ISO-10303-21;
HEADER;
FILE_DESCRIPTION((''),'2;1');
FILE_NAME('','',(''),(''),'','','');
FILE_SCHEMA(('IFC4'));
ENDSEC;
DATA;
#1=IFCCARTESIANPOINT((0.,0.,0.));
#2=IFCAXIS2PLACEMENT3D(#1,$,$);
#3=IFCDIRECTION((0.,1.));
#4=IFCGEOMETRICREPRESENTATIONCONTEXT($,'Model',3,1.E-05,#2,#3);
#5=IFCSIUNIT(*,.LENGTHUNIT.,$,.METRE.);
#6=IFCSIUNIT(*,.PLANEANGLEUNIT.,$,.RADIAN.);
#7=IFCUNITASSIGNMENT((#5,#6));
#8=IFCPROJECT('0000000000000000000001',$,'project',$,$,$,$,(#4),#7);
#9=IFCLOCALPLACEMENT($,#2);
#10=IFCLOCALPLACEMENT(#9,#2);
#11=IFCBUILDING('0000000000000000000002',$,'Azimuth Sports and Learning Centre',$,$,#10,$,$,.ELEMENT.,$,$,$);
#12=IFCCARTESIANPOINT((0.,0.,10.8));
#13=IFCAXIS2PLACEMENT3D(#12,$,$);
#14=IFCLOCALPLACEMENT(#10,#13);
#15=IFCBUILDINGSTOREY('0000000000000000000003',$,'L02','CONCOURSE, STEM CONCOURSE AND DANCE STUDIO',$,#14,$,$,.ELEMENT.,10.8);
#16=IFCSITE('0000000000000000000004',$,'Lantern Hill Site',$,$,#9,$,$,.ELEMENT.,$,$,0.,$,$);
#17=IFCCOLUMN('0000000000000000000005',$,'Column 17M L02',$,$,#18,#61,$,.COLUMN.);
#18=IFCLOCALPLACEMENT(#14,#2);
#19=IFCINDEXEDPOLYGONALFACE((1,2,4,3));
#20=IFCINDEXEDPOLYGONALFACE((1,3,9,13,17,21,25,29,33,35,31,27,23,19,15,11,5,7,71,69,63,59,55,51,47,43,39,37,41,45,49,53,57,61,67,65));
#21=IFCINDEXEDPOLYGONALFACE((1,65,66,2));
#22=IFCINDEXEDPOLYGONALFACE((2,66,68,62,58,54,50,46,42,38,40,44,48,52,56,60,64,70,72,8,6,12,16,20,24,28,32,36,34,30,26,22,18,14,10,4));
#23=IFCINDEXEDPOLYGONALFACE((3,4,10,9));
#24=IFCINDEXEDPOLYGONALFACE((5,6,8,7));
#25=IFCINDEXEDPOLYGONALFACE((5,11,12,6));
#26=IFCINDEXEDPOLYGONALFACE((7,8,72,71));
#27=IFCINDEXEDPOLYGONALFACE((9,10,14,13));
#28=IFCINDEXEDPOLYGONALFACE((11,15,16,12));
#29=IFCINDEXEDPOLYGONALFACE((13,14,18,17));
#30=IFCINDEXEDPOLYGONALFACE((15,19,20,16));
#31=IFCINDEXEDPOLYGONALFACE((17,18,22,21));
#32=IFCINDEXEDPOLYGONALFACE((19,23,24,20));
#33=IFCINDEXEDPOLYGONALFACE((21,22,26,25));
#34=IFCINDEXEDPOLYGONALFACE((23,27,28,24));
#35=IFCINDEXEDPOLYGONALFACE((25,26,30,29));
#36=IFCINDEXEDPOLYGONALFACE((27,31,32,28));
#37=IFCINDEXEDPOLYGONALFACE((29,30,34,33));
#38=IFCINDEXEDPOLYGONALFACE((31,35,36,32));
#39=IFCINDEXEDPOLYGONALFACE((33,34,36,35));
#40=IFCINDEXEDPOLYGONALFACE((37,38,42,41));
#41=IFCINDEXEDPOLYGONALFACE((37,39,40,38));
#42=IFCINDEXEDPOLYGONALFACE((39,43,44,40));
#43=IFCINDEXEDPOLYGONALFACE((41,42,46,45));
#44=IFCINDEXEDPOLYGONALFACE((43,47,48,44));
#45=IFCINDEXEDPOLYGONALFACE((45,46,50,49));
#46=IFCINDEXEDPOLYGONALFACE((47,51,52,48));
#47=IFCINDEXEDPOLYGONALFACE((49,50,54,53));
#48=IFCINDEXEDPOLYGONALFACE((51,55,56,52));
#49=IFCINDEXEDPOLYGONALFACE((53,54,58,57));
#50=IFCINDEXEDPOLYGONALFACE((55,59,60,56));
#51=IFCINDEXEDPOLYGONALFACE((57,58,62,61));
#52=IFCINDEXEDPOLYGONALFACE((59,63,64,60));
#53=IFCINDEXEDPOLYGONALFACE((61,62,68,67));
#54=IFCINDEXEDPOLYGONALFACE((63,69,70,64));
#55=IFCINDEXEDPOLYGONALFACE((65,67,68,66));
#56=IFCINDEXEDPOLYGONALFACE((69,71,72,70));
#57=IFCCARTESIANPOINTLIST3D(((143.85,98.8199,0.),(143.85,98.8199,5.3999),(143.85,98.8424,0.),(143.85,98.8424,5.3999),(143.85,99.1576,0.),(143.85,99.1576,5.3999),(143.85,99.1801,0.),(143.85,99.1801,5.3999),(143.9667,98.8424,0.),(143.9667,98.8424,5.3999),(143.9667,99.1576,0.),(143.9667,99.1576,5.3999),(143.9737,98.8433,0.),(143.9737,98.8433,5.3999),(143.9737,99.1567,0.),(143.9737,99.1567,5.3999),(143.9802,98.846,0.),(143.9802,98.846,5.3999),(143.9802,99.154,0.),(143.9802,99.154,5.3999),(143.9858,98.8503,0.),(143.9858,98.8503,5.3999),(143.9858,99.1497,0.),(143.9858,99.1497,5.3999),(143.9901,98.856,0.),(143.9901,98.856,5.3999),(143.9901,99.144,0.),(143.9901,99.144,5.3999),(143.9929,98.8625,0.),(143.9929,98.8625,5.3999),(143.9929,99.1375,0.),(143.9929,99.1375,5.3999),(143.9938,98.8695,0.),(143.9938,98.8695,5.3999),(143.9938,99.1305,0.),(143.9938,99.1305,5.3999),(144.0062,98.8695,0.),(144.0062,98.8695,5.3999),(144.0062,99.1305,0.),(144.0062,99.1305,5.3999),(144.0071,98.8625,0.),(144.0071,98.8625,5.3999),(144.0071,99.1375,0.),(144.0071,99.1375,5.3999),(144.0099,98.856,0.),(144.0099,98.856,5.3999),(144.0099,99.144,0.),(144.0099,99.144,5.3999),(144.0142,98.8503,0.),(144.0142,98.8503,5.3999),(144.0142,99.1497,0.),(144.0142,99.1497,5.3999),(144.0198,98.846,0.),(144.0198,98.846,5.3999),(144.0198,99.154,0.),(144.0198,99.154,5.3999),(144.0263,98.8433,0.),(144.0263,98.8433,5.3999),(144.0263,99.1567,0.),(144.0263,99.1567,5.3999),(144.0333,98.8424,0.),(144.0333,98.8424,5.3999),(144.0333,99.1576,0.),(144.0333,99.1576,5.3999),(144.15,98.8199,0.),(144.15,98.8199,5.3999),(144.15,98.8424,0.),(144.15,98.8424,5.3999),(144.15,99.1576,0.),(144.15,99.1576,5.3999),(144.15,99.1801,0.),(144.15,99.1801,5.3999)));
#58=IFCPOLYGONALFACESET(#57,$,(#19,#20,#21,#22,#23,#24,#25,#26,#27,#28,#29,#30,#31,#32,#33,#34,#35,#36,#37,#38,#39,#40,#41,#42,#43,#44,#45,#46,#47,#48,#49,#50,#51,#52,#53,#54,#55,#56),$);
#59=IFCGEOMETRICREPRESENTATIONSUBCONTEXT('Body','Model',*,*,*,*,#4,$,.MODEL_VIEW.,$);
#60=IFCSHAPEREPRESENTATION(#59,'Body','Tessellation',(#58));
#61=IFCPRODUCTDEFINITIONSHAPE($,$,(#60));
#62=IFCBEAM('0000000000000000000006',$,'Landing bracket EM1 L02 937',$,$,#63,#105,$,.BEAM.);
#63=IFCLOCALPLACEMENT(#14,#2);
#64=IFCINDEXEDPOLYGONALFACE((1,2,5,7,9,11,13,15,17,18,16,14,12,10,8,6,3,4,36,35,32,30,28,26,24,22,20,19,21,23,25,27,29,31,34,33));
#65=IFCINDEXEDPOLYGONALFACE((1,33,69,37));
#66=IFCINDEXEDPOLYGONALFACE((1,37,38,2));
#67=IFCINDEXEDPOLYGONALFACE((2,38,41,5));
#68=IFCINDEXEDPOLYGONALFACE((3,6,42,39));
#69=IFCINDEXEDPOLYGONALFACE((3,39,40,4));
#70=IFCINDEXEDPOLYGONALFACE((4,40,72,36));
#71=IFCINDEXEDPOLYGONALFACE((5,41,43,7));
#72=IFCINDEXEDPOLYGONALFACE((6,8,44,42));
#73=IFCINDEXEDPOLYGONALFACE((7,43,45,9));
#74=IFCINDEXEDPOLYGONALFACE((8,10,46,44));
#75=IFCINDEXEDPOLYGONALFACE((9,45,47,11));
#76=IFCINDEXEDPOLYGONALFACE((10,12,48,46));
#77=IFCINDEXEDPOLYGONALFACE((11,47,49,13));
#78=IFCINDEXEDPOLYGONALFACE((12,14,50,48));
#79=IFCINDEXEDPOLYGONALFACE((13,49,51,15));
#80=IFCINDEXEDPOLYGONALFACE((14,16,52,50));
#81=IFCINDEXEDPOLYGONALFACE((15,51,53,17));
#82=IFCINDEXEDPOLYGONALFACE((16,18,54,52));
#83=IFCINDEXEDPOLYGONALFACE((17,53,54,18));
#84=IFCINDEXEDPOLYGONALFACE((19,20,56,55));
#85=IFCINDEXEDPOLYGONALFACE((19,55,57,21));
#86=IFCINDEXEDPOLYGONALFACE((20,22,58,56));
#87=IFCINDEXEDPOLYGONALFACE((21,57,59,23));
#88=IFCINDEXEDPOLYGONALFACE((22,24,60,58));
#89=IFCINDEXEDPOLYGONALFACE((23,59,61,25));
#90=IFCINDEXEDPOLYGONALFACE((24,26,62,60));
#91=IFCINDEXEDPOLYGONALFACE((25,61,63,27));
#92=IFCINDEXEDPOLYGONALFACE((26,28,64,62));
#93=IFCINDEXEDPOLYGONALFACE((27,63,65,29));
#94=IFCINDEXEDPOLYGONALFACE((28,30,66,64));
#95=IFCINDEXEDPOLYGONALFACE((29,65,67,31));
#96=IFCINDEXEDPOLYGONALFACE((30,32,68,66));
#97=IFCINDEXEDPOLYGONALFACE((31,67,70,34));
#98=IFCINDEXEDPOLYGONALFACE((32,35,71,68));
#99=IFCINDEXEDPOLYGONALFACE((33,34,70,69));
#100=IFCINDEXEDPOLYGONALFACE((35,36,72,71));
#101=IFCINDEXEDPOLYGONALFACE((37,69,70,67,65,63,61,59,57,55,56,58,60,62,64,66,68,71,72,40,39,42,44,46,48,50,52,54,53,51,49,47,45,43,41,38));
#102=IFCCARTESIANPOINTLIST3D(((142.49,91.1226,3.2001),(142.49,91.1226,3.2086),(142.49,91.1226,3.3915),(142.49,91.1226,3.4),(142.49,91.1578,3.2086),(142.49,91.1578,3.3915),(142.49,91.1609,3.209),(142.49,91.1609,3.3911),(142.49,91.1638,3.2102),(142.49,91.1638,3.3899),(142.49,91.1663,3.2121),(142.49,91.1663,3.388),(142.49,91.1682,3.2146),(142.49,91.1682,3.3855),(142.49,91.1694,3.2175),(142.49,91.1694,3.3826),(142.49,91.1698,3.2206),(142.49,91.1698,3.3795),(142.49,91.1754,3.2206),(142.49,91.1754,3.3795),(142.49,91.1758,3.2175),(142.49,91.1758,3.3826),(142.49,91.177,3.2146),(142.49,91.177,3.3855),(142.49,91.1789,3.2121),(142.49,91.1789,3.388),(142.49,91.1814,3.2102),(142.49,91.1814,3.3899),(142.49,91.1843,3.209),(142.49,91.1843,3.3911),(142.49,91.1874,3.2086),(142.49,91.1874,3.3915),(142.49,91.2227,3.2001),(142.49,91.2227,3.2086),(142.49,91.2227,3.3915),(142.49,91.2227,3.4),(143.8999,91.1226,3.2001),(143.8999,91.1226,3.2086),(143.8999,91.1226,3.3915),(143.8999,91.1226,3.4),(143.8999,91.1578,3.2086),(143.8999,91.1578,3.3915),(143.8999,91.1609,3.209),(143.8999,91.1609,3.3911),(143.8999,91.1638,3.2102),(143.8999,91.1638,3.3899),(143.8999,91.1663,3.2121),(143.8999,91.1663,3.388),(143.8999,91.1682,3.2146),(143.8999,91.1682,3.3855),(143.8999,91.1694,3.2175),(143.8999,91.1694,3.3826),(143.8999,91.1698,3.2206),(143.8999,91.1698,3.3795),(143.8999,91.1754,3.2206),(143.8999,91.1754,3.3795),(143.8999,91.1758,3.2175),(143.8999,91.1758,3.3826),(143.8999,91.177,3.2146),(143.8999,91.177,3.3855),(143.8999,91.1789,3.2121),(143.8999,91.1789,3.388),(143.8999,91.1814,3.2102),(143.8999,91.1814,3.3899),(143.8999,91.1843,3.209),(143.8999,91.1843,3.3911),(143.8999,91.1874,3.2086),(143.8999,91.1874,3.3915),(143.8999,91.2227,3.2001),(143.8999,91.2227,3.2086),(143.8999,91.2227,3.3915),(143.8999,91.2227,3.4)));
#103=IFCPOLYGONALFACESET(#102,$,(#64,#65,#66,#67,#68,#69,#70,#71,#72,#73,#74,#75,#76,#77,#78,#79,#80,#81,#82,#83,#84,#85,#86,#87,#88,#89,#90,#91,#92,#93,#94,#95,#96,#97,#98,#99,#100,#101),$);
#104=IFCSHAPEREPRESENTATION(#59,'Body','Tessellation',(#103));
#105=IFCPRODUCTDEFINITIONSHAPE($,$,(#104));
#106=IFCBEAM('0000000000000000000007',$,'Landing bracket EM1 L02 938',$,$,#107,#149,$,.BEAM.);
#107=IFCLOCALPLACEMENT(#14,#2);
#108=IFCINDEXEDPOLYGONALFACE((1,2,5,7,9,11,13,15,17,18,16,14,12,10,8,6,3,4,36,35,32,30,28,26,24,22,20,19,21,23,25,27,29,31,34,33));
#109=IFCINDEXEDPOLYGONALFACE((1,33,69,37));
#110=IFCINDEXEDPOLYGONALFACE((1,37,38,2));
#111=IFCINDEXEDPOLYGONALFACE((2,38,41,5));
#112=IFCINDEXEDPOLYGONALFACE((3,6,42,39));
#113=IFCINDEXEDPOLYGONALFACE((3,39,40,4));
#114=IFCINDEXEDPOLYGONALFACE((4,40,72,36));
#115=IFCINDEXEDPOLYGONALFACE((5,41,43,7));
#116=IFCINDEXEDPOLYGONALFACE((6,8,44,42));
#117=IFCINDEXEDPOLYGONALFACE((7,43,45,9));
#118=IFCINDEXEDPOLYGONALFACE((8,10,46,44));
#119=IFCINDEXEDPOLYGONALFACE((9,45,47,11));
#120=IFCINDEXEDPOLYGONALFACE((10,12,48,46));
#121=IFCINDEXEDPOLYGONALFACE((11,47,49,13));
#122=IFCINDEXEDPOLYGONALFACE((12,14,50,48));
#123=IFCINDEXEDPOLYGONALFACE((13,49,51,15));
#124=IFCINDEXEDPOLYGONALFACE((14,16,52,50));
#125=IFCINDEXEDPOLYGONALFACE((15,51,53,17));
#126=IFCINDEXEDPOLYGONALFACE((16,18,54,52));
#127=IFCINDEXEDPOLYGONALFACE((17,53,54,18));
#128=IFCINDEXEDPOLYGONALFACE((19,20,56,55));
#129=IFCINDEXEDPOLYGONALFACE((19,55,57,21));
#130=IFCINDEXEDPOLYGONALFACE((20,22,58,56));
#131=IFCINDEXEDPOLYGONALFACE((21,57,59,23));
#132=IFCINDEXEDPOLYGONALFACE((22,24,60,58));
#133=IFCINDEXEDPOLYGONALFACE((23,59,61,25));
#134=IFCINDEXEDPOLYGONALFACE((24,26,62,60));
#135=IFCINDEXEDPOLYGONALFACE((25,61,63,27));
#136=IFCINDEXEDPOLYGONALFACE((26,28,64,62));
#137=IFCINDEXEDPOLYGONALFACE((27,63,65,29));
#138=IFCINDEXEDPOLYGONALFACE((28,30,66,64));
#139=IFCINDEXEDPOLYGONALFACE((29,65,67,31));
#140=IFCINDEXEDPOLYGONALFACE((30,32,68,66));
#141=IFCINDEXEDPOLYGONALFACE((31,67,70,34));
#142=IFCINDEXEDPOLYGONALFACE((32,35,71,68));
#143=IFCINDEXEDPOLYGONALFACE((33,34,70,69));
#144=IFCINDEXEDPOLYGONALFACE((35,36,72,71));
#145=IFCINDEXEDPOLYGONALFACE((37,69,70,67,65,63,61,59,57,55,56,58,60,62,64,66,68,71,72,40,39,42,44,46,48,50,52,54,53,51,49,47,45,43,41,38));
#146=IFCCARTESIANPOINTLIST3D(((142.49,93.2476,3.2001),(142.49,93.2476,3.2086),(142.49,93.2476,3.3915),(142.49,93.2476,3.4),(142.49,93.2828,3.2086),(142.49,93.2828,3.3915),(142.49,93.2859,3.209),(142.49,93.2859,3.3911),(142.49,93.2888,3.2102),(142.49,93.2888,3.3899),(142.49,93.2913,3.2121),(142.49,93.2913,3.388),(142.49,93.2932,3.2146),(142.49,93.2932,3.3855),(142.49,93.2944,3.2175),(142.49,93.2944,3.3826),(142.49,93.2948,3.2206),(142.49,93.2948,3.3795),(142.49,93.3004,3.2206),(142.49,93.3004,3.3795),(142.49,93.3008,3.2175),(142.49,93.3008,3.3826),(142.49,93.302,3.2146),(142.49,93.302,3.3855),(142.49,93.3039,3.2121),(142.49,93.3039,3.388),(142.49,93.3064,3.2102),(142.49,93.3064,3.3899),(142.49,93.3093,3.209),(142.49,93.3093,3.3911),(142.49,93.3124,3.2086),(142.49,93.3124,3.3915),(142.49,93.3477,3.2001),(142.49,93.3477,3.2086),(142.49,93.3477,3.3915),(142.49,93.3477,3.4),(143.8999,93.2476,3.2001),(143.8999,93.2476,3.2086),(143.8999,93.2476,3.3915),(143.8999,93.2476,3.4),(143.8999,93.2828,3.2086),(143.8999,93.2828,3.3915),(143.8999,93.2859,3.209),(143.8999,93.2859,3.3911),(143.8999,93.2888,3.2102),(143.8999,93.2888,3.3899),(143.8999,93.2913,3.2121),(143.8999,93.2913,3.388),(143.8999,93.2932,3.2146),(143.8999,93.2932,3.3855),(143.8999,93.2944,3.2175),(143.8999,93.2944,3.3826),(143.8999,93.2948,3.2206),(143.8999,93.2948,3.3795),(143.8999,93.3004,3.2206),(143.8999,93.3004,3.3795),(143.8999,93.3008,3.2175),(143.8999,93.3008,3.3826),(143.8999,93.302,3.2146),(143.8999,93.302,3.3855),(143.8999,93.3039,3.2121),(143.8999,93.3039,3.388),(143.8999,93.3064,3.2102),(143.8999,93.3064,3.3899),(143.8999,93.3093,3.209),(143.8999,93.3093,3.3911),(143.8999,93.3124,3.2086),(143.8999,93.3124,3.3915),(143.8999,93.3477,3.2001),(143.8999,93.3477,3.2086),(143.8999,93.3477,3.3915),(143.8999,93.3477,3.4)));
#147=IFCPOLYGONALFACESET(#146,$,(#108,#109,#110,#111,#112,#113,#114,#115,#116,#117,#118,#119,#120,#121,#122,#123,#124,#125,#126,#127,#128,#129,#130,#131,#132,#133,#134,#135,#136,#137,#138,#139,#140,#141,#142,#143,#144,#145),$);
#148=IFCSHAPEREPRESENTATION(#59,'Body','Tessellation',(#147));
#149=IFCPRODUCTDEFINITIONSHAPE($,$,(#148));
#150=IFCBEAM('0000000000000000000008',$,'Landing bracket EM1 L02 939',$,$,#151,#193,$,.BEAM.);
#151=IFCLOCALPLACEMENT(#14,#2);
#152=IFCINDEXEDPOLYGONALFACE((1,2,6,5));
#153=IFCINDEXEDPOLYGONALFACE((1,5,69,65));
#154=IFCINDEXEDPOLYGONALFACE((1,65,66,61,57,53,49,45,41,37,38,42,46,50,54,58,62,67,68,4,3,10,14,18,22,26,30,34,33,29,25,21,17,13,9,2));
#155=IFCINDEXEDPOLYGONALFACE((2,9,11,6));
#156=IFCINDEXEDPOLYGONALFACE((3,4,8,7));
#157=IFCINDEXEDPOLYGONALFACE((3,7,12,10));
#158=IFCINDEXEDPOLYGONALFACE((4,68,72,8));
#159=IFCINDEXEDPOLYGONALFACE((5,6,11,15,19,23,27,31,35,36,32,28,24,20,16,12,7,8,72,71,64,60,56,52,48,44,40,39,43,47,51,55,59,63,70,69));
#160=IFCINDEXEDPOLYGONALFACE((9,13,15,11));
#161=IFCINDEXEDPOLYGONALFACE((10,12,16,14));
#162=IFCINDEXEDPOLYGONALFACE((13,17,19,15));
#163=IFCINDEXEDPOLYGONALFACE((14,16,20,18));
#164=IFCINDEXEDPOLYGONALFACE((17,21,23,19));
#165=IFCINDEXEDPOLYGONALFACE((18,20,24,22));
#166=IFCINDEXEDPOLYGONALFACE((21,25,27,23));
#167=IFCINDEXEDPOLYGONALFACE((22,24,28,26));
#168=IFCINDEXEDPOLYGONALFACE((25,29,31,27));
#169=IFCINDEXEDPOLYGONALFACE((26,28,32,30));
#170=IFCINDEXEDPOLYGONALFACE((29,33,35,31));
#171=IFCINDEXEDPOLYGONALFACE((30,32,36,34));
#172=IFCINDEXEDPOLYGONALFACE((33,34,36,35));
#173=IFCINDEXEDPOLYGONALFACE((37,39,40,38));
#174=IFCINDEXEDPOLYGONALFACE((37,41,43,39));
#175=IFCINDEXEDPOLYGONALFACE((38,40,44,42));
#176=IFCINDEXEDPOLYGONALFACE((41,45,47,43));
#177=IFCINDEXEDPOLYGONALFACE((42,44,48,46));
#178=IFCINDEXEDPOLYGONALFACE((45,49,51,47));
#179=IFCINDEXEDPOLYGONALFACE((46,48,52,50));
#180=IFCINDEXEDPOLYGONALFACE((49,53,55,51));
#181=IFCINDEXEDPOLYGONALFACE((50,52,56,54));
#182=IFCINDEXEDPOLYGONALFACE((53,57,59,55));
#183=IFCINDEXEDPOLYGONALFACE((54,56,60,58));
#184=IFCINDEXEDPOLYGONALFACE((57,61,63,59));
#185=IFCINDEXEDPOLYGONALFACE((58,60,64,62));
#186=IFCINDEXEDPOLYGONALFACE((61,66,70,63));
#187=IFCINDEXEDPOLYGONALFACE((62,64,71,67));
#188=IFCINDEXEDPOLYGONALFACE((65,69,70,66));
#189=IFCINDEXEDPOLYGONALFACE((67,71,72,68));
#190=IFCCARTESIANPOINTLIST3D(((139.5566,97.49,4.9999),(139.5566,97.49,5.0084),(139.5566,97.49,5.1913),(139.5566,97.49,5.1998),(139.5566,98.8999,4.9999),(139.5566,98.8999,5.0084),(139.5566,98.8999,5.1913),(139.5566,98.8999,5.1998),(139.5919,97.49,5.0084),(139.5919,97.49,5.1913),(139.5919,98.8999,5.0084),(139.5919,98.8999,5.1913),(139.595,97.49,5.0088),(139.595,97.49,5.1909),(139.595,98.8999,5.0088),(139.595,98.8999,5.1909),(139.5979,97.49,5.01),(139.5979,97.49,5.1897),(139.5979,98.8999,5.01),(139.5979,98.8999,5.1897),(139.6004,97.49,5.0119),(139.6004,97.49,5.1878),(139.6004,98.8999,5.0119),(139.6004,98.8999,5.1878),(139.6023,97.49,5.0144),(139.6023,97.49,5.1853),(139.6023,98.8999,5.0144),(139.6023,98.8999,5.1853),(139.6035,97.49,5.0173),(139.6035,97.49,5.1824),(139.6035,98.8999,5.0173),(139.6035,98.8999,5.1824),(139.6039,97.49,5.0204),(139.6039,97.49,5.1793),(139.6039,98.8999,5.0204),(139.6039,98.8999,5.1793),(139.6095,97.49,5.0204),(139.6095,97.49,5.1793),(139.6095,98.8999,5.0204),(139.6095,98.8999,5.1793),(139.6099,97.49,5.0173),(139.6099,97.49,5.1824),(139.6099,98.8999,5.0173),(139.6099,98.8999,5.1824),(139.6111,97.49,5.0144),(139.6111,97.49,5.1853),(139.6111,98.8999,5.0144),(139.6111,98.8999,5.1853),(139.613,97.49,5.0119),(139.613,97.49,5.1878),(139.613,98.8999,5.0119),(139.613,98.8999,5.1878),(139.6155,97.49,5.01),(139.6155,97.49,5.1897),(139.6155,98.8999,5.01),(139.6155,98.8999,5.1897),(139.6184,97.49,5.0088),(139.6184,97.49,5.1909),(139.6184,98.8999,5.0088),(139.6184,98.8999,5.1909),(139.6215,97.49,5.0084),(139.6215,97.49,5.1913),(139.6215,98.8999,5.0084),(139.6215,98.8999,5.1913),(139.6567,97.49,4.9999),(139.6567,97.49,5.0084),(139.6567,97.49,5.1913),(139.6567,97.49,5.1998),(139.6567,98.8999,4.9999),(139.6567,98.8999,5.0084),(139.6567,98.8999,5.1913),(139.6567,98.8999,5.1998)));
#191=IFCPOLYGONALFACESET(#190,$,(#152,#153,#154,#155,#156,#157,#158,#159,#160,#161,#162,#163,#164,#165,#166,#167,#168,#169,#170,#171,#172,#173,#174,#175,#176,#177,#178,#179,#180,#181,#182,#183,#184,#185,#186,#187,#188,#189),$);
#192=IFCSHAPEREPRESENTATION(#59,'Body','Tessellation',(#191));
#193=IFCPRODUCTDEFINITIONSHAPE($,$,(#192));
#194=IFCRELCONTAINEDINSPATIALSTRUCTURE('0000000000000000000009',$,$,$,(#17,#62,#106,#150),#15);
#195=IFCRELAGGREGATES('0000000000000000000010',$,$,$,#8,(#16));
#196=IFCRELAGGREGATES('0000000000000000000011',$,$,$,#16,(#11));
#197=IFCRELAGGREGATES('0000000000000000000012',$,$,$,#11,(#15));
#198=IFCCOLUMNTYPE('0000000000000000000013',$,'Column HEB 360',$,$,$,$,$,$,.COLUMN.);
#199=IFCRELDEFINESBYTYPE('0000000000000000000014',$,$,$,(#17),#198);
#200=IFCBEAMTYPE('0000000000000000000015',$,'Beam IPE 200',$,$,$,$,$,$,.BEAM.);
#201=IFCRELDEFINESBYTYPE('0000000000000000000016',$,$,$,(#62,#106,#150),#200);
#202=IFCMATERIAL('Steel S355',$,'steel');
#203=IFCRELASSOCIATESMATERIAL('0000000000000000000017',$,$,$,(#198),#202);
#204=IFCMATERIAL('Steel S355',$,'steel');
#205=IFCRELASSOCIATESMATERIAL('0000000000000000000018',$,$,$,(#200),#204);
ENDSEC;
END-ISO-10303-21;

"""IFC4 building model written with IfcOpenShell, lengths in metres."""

from ifc_helpers import new_model, si_unit, direction, frame, origin, origin_2d, place, context, subcontext, project, spatial, i_section, extrude, material, material_profile, profile_set, type_object, element, save


model = new_model("IFC4")

# Units and contexts
model_context = context("Model", 3, precision=1e-05, world=origin(), true_north=direction((0.0, 1.0)))
body_context = subcontext(model_context, "Body", "Model", "MODEL_VIEW")
ifc_project = project(units=[si_unit("LENGTHUNIT", "METRE"), si_unit("PLANEANGLEUNIT", "RADIAN")], contexts=[model_context])

# Site, building, storey
site_placement = place(None, origin())
site = spatial("IfcSite", under=ifc_project, at=site_placement, Name="Lantern Hill Site", CompositionType="ELEMENT", RefElevation=0.0)
building_placement = place(site_placement, origin())
building = spatial("IfcBuilding", under=site, at=building_placement, Name="Azimuth Sports and Learning Centre", CompositionType="ELEMENT")
storey_placement = place(building_placement, frame((0.0, 0.0, 10.8)))
storey = spatial("IfcBuildingStorey", under=building, at=storey_placement, Name="L02", Description="CONCOURSE, STEM CONCOURSE AND DANCE STUDIO", CompositionType="ELEMENT", Elevation=10.8)

# Column
ifc_material_1 = material(Name="Steel S355", Category="steel")
ifc_material_profile_1 = material_profile(ifc_material_1, i_section(OverallWidth=0.3, OverallDepth=0.3601, WebThickness=0.0125, FlangeThickness=0.0225, FilletRadius=0.0271, at=origin_2d()), Name="HEB 360")
ifc_profile_set_1 = profile_set([ifc_material_profile_1], Name="Steel S355")
column_type = type_object("IfcColumnType", Name="Column HEB 360", PredefinedType="COLUMN", material=ifc_profile_set_1)
column_placement = place(storey_placement, frame((144.0, 99.0, 0.0), z_axis=(0.0, 0.0, 1.0), x_axis=(1.0, 0.0, 0.0)))
element("IfcColumn", 1, at=column_placement, inside=storey, type_object=column_type, Name="Column 17M L02", PredefinedType="COLUMN", context=body_context, shape_type="SweptSolid", body=[
    extrude(i_section(OverallWidth=0.3, OverallDepth=0.3601, WebThickness=0.0125, FlangeThickness=0.0225, FilletRadius=0.0271, at=origin_2d()), origin(), (0.0, 0.0, 1.0), 5.3999),
])

# Beams
ifc_material_2 = material(Name="Steel S355", Category="steel")
ifc_material_profile_2 = material_profile(ifc_material_2, i_section(OverallWidth=0.1001, OverallDepth=0.2, WebThickness=0.0056, FlangeThickness=0.0085, FilletRadius=0.012, at=origin_2d()), Name="IPE 200")
ifc_profile_set_2 = profile_set([ifc_material_profile_2], Name="Steel S355")
beam_type_1 = type_object("IfcBeamType", Name="Beam IPE 200", PredefinedType="BEAM", material=ifc_profile_set_2)
for number, where, z_axis, x_axis, name in (
    (2, (143.8999, 91.1726, 3.3), (-1.0, 0.0, 0.0), (0.0, -1.0, 0.0), "Landing bracket EM1 L02 937"),
    (3, (143.8999, 93.2976, 3.3), (-1.0, 0.0, 0.0), (0.0, -1.0, 0.0), "Landing bracket EM1 L02 938"),
    (4, (139.6067, 98.8999, 5.0999), (0.0, -1.0, 0.0), (1.0, 0.0, 0.0), "Landing bracket EM1 L02 939"),
):
    element("IfcBeam", number, at=place(storey_placement, frame(where, z_axis=z_axis, x_axis=x_axis)), inside=storey, type_object=beam_type_1, Name=name, PredefinedType="BEAM", context=body_context, shape_type="SweptSolid", body=[
        extrude(i_section(OverallWidth=0.1001, OverallDepth=0.2, WebThickness=0.0056, FlangeThickness=0.0085, FilletRadius=0.012, at=origin_2d()), origin(), (0.0, 0.0, 1.0), 1.4099),
    ])

save(model, "model.ifc")
